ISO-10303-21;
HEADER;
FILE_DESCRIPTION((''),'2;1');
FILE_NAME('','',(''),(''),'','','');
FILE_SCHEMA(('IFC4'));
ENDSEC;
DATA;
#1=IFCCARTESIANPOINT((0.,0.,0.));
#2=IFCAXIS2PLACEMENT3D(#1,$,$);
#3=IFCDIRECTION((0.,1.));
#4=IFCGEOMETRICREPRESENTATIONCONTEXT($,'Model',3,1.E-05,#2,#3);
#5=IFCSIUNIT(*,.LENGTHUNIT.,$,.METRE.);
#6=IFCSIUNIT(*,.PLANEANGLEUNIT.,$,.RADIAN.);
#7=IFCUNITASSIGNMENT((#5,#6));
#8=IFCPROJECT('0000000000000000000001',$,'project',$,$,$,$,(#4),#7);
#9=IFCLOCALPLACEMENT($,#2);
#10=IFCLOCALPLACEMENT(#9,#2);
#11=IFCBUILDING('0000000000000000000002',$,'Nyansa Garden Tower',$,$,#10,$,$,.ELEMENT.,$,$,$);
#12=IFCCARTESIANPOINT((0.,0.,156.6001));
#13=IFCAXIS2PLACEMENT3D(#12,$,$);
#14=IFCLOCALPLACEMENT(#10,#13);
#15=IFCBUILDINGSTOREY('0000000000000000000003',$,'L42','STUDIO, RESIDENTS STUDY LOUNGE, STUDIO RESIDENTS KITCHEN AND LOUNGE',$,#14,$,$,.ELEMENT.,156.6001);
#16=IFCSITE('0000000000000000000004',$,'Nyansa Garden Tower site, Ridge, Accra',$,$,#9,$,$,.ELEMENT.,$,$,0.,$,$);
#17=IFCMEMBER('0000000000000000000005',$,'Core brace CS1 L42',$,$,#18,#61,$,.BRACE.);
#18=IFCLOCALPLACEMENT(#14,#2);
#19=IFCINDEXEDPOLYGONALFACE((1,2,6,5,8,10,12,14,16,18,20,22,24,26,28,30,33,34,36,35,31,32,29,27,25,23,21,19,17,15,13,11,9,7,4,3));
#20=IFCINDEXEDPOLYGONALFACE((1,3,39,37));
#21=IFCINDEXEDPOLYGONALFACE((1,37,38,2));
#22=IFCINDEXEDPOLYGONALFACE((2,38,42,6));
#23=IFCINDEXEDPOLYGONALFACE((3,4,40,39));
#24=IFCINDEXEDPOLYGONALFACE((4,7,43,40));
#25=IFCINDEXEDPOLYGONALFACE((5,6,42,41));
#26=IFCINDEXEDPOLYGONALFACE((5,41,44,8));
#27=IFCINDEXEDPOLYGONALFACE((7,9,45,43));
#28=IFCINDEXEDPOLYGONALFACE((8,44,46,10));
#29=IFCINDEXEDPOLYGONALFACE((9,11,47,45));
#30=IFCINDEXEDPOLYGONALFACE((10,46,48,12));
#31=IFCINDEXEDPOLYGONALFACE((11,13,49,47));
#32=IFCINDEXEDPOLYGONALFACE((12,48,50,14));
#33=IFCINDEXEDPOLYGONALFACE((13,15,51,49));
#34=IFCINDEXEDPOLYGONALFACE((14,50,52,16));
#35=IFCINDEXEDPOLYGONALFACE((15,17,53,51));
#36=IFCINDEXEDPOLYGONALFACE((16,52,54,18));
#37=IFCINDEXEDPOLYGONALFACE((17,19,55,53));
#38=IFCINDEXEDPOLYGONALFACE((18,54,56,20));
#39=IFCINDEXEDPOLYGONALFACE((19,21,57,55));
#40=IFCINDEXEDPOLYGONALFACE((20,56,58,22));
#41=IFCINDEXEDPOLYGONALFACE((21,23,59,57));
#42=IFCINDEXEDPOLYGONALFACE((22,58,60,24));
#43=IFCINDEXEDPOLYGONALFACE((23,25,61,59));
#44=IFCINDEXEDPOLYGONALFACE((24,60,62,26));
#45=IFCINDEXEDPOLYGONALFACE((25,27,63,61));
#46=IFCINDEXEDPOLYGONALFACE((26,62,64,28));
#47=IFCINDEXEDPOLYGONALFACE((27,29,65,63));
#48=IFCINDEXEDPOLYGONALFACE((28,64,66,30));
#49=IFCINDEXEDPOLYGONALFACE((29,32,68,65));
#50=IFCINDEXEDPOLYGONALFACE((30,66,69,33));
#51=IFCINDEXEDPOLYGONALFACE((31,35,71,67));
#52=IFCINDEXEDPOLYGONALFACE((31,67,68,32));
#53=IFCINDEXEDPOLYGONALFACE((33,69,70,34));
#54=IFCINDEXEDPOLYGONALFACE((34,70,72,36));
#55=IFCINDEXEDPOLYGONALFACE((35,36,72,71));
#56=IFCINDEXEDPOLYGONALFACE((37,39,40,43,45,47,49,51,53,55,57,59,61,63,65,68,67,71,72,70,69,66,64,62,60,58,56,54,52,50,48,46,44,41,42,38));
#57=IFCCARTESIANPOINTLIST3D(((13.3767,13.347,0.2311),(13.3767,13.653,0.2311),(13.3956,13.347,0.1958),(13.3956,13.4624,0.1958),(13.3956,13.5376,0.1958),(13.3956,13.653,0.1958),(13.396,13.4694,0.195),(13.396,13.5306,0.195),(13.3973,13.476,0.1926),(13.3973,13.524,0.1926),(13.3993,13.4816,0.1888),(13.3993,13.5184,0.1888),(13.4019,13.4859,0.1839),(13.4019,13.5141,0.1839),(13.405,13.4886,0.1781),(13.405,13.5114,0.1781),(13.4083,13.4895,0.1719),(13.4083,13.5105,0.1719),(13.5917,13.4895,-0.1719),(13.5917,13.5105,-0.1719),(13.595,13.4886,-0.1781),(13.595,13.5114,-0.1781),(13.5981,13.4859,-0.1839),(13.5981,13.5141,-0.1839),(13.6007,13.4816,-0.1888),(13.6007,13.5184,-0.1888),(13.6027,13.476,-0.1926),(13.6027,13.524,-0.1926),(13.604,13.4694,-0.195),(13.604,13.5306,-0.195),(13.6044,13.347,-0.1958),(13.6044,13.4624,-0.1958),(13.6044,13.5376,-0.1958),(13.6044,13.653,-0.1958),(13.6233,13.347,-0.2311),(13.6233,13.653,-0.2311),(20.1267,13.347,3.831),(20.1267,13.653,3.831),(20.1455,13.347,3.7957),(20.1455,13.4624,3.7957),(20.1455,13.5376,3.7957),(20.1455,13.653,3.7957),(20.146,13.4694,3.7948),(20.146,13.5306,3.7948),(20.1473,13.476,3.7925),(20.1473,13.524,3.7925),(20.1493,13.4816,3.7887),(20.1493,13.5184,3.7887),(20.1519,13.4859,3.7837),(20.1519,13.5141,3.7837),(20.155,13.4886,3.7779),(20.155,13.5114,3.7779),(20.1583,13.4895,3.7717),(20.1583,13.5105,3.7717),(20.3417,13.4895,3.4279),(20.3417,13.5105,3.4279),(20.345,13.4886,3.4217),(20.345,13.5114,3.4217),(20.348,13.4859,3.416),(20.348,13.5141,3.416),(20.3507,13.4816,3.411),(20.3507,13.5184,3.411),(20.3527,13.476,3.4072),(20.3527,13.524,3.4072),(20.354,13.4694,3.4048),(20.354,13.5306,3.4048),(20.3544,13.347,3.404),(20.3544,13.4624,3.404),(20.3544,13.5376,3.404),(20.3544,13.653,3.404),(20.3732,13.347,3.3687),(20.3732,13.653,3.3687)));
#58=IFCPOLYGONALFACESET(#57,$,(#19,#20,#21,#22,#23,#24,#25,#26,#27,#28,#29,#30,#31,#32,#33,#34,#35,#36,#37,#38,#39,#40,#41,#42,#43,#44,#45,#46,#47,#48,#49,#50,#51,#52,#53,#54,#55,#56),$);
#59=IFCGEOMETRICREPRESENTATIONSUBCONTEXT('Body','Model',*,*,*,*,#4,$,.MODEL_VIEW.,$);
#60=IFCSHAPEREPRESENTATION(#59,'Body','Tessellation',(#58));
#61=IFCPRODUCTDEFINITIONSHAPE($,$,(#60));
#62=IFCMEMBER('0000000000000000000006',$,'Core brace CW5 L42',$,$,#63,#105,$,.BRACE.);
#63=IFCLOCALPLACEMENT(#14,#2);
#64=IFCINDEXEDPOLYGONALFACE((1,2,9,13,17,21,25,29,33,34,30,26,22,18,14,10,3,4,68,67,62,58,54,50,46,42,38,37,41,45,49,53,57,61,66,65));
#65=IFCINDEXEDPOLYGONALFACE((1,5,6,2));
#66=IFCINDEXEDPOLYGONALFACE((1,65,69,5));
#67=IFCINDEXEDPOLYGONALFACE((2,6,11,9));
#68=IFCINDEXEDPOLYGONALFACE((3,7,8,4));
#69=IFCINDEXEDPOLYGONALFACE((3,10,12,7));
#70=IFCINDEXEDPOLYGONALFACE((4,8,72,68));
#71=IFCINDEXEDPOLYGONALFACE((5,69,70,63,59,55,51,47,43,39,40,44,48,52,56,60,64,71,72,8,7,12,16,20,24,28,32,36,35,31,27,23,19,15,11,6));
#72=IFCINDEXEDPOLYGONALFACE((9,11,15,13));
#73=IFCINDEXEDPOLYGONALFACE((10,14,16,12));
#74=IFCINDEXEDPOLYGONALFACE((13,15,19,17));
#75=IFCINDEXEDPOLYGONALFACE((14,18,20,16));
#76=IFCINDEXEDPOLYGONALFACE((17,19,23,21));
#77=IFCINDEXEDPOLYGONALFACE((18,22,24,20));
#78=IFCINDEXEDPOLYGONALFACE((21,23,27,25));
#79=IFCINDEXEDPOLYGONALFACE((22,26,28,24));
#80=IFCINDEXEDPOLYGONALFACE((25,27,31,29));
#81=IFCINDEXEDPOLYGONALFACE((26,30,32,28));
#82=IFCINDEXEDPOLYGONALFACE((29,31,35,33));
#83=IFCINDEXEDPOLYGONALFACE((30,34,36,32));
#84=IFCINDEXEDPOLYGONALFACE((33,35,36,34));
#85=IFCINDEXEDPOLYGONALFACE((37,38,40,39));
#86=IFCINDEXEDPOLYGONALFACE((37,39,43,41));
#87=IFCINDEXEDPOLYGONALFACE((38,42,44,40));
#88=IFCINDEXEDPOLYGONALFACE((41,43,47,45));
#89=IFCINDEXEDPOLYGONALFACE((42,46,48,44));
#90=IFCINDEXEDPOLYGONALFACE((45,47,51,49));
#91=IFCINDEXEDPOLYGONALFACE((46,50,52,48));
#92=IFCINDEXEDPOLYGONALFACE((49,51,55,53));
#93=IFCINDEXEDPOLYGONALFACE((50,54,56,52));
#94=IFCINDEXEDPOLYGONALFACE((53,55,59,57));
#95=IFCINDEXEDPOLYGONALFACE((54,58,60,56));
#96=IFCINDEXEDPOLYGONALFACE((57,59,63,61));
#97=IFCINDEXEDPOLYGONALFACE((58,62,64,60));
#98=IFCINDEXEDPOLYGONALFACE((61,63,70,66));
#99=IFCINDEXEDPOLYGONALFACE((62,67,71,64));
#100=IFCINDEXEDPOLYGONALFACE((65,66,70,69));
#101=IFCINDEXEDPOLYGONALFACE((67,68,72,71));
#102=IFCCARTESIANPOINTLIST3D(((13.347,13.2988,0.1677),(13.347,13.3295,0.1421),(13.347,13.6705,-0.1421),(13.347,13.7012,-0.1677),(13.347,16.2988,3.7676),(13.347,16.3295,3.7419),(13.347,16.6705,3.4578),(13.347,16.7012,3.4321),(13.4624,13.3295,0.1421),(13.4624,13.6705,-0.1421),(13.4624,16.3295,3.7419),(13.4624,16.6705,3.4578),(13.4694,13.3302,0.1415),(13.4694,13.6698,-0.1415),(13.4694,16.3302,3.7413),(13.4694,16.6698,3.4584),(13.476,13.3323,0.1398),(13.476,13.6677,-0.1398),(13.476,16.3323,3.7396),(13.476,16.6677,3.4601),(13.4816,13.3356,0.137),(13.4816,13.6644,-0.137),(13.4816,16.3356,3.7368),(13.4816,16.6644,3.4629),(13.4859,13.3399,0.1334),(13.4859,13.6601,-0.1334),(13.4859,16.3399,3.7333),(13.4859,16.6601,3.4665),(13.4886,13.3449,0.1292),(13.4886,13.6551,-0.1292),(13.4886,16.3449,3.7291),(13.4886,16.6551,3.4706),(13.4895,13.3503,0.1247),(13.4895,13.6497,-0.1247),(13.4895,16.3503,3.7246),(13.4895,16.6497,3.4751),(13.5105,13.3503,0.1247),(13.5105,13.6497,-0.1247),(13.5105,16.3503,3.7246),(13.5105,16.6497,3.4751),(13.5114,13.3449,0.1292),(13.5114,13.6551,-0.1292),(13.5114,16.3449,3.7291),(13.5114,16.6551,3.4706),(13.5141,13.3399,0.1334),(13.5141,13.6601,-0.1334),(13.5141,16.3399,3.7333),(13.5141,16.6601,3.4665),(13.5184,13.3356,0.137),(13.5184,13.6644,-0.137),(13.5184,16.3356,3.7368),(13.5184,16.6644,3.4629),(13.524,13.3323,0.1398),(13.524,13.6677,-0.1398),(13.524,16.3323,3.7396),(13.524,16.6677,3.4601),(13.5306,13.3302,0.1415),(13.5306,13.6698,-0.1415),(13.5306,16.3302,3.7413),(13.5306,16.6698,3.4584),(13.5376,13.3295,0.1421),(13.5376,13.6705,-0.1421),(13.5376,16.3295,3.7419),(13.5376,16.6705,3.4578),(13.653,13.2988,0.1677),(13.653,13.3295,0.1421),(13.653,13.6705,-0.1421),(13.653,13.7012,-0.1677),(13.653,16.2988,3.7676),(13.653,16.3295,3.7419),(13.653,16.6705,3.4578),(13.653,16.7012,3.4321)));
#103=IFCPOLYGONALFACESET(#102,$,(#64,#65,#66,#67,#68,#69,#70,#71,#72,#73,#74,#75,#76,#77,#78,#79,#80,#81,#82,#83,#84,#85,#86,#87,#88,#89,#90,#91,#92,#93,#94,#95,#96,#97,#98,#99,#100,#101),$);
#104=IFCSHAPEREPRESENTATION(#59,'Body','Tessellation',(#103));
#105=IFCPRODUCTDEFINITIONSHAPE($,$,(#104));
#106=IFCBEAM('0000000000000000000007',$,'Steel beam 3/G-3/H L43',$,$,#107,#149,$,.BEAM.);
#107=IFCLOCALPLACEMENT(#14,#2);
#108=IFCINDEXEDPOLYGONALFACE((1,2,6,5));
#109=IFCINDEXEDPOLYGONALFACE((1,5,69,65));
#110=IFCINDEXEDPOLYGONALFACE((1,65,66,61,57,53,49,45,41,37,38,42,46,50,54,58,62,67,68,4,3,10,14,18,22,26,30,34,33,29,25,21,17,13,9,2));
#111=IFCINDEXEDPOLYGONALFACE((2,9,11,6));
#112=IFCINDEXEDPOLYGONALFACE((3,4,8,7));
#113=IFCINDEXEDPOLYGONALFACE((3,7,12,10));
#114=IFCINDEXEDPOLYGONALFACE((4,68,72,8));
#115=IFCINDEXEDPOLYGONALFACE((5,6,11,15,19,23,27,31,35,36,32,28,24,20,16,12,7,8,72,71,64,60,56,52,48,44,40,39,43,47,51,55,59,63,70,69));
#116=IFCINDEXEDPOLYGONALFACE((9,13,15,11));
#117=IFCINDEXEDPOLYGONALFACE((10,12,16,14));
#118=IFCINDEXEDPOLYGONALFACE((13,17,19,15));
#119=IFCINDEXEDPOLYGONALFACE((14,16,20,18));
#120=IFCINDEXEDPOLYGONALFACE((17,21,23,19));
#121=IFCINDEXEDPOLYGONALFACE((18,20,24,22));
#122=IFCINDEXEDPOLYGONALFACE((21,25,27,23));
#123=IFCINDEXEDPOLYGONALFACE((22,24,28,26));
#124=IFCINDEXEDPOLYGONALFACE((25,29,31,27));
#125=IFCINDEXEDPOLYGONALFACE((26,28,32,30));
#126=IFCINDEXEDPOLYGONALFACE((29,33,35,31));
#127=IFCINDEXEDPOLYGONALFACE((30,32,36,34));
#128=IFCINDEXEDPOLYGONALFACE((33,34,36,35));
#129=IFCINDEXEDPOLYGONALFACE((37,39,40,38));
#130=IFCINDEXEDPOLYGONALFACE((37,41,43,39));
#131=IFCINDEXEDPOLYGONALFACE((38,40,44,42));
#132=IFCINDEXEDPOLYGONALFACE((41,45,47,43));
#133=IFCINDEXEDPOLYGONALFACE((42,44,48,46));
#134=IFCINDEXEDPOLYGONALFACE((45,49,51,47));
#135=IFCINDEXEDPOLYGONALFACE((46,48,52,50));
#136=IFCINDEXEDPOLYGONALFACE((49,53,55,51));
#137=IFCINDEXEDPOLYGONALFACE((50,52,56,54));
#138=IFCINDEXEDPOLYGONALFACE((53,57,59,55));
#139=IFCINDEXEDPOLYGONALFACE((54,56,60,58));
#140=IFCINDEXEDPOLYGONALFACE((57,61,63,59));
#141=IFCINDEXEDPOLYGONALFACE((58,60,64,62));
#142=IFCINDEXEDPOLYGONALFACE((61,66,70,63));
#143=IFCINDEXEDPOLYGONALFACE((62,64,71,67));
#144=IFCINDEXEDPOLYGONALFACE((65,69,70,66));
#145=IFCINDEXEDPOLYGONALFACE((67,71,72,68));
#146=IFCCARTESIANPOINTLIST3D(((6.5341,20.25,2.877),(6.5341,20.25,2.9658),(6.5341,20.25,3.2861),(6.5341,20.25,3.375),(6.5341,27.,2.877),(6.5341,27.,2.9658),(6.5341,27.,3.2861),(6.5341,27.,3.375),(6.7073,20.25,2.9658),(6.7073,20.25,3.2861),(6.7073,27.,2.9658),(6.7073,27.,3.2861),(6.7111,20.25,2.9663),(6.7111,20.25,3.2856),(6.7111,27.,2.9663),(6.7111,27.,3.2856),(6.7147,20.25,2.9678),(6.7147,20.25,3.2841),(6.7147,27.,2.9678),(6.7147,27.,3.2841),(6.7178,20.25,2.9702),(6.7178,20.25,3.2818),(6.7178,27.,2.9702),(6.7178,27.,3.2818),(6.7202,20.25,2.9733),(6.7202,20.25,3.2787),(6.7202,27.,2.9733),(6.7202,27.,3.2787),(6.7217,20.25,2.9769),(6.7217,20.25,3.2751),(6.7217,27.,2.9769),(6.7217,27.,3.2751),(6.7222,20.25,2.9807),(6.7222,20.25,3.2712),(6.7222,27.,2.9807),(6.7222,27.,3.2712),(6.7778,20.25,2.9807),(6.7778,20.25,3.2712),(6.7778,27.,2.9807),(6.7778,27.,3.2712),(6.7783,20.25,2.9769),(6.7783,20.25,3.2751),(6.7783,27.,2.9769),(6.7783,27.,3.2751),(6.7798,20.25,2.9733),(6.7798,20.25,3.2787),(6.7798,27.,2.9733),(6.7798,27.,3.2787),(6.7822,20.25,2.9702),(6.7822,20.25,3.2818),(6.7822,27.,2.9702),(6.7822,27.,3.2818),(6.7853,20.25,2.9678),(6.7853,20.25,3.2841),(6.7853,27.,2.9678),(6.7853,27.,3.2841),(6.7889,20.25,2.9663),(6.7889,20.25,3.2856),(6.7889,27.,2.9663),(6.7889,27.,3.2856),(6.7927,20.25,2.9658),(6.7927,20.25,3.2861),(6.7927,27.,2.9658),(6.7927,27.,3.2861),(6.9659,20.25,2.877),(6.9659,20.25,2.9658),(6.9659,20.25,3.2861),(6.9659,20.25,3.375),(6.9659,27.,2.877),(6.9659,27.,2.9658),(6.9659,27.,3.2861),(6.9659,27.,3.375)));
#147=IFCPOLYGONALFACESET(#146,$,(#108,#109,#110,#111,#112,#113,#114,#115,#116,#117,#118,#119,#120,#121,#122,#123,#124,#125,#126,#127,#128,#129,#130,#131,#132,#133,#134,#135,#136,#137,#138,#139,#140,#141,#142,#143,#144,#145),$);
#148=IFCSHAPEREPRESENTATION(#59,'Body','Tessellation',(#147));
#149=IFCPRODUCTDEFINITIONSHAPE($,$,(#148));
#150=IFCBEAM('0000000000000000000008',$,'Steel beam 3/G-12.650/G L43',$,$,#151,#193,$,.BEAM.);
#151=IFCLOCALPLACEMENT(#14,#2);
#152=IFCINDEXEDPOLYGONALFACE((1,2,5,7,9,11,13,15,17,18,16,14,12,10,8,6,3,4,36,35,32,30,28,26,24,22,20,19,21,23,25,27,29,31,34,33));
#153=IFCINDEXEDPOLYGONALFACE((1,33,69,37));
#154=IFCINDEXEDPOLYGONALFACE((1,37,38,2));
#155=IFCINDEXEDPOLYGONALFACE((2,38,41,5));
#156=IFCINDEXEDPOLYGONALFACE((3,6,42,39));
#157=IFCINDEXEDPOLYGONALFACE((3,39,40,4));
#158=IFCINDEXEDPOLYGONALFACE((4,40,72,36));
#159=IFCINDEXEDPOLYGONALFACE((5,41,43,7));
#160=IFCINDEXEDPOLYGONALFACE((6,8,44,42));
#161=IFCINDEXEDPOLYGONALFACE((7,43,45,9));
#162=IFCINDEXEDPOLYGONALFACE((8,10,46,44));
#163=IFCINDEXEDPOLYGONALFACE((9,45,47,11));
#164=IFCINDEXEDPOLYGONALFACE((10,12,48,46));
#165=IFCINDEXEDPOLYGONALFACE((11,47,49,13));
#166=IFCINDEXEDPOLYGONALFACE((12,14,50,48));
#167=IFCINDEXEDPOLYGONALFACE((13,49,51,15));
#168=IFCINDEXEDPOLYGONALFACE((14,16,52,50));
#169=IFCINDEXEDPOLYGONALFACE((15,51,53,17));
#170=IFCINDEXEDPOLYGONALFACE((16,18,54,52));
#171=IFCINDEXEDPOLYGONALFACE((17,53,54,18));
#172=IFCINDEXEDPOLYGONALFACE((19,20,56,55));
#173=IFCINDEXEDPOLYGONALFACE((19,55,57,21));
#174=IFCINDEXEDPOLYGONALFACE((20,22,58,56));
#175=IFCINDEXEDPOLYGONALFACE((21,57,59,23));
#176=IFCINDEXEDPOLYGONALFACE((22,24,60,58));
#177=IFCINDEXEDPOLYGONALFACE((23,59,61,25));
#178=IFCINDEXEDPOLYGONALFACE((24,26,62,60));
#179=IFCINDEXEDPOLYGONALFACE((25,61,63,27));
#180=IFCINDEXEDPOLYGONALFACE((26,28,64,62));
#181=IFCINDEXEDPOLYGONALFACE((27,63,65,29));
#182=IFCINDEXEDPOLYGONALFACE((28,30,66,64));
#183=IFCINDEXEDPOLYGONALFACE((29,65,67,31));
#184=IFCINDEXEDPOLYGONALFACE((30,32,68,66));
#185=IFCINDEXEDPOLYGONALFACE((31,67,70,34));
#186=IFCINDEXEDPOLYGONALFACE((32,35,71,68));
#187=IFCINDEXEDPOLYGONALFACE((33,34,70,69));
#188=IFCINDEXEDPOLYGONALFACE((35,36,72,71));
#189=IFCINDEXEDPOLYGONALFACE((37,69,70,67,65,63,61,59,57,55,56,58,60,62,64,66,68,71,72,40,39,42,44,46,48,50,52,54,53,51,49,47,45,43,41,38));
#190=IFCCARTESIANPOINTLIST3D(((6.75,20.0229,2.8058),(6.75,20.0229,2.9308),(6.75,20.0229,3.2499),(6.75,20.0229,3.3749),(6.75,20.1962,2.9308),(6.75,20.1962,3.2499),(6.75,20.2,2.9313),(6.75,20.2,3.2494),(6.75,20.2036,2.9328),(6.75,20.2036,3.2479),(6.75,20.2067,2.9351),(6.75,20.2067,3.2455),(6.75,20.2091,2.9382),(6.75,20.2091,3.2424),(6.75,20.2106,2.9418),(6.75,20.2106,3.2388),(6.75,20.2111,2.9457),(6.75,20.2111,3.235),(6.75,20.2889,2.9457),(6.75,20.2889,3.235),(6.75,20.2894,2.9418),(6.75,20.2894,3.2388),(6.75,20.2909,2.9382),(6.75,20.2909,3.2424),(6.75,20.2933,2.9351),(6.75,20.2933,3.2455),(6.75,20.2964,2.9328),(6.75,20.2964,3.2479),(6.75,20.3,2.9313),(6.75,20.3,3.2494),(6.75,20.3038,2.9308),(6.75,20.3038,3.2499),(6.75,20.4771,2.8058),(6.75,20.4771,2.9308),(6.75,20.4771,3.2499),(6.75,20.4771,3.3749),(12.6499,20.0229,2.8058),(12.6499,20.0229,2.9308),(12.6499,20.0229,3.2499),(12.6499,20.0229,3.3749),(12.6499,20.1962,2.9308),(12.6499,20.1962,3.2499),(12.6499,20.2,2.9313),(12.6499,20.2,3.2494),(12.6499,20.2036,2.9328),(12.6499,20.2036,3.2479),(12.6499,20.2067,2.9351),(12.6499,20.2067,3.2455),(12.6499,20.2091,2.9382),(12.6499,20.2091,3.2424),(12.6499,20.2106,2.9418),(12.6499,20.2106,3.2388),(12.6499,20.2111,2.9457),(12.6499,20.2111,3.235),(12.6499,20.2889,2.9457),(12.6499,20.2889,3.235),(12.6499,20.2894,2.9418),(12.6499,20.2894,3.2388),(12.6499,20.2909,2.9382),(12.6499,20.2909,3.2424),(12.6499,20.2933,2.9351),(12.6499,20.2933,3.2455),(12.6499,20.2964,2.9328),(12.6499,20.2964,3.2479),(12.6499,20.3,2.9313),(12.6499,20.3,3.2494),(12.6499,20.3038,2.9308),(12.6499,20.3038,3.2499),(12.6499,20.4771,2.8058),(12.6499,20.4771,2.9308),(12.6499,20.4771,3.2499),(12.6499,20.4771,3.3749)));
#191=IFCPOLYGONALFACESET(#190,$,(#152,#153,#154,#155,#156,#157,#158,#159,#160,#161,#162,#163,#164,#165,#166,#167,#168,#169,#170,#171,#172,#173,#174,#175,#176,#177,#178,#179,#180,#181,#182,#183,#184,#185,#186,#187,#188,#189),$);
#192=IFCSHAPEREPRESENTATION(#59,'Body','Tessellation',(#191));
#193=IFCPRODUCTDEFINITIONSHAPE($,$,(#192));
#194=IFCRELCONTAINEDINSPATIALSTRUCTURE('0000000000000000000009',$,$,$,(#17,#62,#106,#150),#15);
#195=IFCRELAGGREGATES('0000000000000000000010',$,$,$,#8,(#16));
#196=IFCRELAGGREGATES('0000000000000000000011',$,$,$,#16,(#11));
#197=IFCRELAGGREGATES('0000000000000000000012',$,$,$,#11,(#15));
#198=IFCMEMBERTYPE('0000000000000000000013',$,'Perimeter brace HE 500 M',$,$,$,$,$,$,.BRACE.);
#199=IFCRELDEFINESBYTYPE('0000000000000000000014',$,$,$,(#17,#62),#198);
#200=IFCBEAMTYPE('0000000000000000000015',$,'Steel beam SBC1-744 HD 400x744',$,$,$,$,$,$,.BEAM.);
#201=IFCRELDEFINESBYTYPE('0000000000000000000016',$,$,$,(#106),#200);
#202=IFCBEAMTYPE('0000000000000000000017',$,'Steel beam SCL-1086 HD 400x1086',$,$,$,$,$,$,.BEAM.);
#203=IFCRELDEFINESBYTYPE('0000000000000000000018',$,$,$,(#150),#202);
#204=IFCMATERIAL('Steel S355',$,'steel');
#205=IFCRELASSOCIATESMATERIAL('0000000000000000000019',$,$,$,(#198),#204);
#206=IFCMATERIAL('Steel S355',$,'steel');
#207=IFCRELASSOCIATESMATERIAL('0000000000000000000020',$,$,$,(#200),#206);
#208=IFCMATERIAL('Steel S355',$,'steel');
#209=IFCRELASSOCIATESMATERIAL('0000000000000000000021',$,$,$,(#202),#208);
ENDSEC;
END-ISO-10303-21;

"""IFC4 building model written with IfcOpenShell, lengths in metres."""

from ifc_helpers import new_model, si_unit, direction, frame, origin, origin_2d, place, context, subcontext, project, spatial, i_section, extrude, material, material_profile, profile_set, type_object, element, save


model = new_model("IFC4")

# Units and contexts
model_context = context("Model", 3, precision=1e-05, world=origin(), true_north=direction((0.0, 1.0)))
body_context = subcontext(model_context, "Body", "Model", "MODEL_VIEW")
ifc_project = project(units=[si_unit("LENGTHUNIT", "METRE"), si_unit("PLANEANGLEUNIT", "RADIAN")], contexts=[model_context])

# Site, building, storey
site_placement = place(None, origin())
site = spatial("IfcSite", under=ifc_project, at=site_placement, Name="Nyansa Garden Tower site, Ridge, Accra", CompositionType="ELEMENT", RefElevation=0.0)
building_placement = place(site_placement, origin())
building = spatial("IfcBuilding", under=site, at=building_placement, Name="Nyansa Garden Tower", CompositionType="ELEMENT")
storey_placement = place(building_placement, frame((0.0, 0.0, 156.6001)))
storey = spatial("IfcBuildingStorey", under=building, at=storey_placement, Name="L42", Description="STUDIO, RESIDENTS STUDY LOUNGE, STUDIO RESIDENTS KITCHEN AND LOUNGE", CompositionType="ELEMENT", Elevation=156.6001)

# Members
ifc_material_1 = material(Name="Steel S355", Category="steel")
ifc_material_profile_1 = material_profile(ifc_material_1, i_section(OverallWidth=0.3059, OverallDepth=0.5239, WebThickness=0.021, FlangeThickness=0.04, FilletRadius=0.0271, at=origin_2d()), Name="HE 500 M")
ifc_profile_set_1 = profile_set([ifc_material_profile_1], Name="Steel S355")
member_type = type_object("IfcMemberType", Name="Perimeter brace HE 500 M", PredefinedType="BRACE", material=ifc_profile_set_1)
member_1_placement = place(storey_placement, frame((13.5, 13.5, 0.0), z_axis=(0.882361, 0.0, 0.470573), x_axis=(0.0, 1.0, 0.0)))
element("IfcMember", 1, at=member_1_placement, inside=storey, type_object=member_type, Name="Core brace CS1 L42", PredefinedType="BRACE", context=body_context, shape_type="SweptSolid", body=[
    extrude(i_section(OverallWidth=0.3059, OverallDepth=0.5239, WebThickness=0.021, FlangeThickness=0.04, FilletRadius=0.0271, at=origin_2d()), origin(), (0.0, 0.0, 1.0), 7.6499),
])
member_2_placement = place(storey_placement, frame((13.5, 13.5, 0.0), z_axis=(0.0, 0.6402, 0.768208), x_axis=(-1.0, 0.0, 0.0)))
element("IfcMember", 2, at=member_2_placement, inside=storey, type_object=member_type, Name="Core brace CW5 L42", PredefinedType="BRACE", context=body_context, shape_type="SweptSolid", body=[
    extrude(i_section(OverallWidth=0.3059, OverallDepth=0.5239, WebThickness=0.021, FlangeThickness=0.04, FilletRadius=0.0271, at=origin_2d()), origin(), (0.0, 0.0, 1.0), 4.686),
])

# Beams
ifc_material_2 = material(Name="Steel S355", Category="steel")
ifc_material_profile_2 = material_profile(ifc_material_2, i_section(OverallWidth=0.4319, OverallDepth=0.498, WebThickness=0.0557, FlangeThickness=0.0889, FilletRadius=0.0149, at=origin_2d()), Name="HD 400x744")
ifc_profile_set_2 = profile_set([ifc_material_profile_2], Name="Steel S355")
beam_type_1 = type_object("IfcBeamType", Name="Steel beam SBC1-744 HD 400x744", PredefinedType="BEAM", material=ifc_profile_set_2)
beam_1_placement = place(storey_placement, frame((6.75, 20.25, 3.126), z_axis=(0.0, 1.0, 0.0), x_axis=(-1.0, 0.0, 0.0)))
element("IfcBeam", 3, at=beam_1_placement, inside=storey, type_object=beam_type_1, Name="Steel beam 3/G-3/H L43", PredefinedType="BEAM", context=body_context, shape_type="SweptSolid", body=[
    extrude(i_section(OverallWidth=0.4319, OverallDepth=0.498, WebThickness=0.0557, FlangeThickness=0.0889, FilletRadius=0.0149, at=origin_2d()), origin(), (0.0, 0.0, 1.0), 6.75),
])
ifc_material_3 = material(Name="Steel S355", Category="steel")
ifc_material_profile_3 = material_profile(ifc_material_3, i_section(OverallWidth=0.4541, OverallDepth=0.5691, WebThickness=0.0779, FlangeThickness=0.125, FilletRadius=0.0149, at=origin_2d()), Name="HD 400x1086")
ifc_profile_set_3 = profile_set([ifc_material_profile_3], Name="Steel S355")
beam_type_2 = type_object("IfcBeamType", Name="Steel beam SCL-1086 HD 400x1086", PredefinedType="BEAM", material=ifc_profile_set_3)
beam_2_placement = place(storey_placement, frame((6.75, 20.25, 3.0903), z_axis=(1.0, 0.0, 0.0), x_axis=(0.0, 1.0, 0.0)))
element("IfcBeam", 4, at=beam_2_placement, inside=storey, type_object=beam_type_2, Name="Steel beam 3/G-12.650/G L43", PredefinedType="BEAM", context=body_context, shape_type="SweptSolid", body=[
    extrude(i_section(OverallWidth=0.4541, OverallDepth=0.5691, WebThickness=0.0779, FlangeThickness=0.125, FilletRadius=0.0149, at=origin_2d()), origin(), (0.0, 0.0, 1.0), 5.8999),
])

save(model, "model.ifc")
